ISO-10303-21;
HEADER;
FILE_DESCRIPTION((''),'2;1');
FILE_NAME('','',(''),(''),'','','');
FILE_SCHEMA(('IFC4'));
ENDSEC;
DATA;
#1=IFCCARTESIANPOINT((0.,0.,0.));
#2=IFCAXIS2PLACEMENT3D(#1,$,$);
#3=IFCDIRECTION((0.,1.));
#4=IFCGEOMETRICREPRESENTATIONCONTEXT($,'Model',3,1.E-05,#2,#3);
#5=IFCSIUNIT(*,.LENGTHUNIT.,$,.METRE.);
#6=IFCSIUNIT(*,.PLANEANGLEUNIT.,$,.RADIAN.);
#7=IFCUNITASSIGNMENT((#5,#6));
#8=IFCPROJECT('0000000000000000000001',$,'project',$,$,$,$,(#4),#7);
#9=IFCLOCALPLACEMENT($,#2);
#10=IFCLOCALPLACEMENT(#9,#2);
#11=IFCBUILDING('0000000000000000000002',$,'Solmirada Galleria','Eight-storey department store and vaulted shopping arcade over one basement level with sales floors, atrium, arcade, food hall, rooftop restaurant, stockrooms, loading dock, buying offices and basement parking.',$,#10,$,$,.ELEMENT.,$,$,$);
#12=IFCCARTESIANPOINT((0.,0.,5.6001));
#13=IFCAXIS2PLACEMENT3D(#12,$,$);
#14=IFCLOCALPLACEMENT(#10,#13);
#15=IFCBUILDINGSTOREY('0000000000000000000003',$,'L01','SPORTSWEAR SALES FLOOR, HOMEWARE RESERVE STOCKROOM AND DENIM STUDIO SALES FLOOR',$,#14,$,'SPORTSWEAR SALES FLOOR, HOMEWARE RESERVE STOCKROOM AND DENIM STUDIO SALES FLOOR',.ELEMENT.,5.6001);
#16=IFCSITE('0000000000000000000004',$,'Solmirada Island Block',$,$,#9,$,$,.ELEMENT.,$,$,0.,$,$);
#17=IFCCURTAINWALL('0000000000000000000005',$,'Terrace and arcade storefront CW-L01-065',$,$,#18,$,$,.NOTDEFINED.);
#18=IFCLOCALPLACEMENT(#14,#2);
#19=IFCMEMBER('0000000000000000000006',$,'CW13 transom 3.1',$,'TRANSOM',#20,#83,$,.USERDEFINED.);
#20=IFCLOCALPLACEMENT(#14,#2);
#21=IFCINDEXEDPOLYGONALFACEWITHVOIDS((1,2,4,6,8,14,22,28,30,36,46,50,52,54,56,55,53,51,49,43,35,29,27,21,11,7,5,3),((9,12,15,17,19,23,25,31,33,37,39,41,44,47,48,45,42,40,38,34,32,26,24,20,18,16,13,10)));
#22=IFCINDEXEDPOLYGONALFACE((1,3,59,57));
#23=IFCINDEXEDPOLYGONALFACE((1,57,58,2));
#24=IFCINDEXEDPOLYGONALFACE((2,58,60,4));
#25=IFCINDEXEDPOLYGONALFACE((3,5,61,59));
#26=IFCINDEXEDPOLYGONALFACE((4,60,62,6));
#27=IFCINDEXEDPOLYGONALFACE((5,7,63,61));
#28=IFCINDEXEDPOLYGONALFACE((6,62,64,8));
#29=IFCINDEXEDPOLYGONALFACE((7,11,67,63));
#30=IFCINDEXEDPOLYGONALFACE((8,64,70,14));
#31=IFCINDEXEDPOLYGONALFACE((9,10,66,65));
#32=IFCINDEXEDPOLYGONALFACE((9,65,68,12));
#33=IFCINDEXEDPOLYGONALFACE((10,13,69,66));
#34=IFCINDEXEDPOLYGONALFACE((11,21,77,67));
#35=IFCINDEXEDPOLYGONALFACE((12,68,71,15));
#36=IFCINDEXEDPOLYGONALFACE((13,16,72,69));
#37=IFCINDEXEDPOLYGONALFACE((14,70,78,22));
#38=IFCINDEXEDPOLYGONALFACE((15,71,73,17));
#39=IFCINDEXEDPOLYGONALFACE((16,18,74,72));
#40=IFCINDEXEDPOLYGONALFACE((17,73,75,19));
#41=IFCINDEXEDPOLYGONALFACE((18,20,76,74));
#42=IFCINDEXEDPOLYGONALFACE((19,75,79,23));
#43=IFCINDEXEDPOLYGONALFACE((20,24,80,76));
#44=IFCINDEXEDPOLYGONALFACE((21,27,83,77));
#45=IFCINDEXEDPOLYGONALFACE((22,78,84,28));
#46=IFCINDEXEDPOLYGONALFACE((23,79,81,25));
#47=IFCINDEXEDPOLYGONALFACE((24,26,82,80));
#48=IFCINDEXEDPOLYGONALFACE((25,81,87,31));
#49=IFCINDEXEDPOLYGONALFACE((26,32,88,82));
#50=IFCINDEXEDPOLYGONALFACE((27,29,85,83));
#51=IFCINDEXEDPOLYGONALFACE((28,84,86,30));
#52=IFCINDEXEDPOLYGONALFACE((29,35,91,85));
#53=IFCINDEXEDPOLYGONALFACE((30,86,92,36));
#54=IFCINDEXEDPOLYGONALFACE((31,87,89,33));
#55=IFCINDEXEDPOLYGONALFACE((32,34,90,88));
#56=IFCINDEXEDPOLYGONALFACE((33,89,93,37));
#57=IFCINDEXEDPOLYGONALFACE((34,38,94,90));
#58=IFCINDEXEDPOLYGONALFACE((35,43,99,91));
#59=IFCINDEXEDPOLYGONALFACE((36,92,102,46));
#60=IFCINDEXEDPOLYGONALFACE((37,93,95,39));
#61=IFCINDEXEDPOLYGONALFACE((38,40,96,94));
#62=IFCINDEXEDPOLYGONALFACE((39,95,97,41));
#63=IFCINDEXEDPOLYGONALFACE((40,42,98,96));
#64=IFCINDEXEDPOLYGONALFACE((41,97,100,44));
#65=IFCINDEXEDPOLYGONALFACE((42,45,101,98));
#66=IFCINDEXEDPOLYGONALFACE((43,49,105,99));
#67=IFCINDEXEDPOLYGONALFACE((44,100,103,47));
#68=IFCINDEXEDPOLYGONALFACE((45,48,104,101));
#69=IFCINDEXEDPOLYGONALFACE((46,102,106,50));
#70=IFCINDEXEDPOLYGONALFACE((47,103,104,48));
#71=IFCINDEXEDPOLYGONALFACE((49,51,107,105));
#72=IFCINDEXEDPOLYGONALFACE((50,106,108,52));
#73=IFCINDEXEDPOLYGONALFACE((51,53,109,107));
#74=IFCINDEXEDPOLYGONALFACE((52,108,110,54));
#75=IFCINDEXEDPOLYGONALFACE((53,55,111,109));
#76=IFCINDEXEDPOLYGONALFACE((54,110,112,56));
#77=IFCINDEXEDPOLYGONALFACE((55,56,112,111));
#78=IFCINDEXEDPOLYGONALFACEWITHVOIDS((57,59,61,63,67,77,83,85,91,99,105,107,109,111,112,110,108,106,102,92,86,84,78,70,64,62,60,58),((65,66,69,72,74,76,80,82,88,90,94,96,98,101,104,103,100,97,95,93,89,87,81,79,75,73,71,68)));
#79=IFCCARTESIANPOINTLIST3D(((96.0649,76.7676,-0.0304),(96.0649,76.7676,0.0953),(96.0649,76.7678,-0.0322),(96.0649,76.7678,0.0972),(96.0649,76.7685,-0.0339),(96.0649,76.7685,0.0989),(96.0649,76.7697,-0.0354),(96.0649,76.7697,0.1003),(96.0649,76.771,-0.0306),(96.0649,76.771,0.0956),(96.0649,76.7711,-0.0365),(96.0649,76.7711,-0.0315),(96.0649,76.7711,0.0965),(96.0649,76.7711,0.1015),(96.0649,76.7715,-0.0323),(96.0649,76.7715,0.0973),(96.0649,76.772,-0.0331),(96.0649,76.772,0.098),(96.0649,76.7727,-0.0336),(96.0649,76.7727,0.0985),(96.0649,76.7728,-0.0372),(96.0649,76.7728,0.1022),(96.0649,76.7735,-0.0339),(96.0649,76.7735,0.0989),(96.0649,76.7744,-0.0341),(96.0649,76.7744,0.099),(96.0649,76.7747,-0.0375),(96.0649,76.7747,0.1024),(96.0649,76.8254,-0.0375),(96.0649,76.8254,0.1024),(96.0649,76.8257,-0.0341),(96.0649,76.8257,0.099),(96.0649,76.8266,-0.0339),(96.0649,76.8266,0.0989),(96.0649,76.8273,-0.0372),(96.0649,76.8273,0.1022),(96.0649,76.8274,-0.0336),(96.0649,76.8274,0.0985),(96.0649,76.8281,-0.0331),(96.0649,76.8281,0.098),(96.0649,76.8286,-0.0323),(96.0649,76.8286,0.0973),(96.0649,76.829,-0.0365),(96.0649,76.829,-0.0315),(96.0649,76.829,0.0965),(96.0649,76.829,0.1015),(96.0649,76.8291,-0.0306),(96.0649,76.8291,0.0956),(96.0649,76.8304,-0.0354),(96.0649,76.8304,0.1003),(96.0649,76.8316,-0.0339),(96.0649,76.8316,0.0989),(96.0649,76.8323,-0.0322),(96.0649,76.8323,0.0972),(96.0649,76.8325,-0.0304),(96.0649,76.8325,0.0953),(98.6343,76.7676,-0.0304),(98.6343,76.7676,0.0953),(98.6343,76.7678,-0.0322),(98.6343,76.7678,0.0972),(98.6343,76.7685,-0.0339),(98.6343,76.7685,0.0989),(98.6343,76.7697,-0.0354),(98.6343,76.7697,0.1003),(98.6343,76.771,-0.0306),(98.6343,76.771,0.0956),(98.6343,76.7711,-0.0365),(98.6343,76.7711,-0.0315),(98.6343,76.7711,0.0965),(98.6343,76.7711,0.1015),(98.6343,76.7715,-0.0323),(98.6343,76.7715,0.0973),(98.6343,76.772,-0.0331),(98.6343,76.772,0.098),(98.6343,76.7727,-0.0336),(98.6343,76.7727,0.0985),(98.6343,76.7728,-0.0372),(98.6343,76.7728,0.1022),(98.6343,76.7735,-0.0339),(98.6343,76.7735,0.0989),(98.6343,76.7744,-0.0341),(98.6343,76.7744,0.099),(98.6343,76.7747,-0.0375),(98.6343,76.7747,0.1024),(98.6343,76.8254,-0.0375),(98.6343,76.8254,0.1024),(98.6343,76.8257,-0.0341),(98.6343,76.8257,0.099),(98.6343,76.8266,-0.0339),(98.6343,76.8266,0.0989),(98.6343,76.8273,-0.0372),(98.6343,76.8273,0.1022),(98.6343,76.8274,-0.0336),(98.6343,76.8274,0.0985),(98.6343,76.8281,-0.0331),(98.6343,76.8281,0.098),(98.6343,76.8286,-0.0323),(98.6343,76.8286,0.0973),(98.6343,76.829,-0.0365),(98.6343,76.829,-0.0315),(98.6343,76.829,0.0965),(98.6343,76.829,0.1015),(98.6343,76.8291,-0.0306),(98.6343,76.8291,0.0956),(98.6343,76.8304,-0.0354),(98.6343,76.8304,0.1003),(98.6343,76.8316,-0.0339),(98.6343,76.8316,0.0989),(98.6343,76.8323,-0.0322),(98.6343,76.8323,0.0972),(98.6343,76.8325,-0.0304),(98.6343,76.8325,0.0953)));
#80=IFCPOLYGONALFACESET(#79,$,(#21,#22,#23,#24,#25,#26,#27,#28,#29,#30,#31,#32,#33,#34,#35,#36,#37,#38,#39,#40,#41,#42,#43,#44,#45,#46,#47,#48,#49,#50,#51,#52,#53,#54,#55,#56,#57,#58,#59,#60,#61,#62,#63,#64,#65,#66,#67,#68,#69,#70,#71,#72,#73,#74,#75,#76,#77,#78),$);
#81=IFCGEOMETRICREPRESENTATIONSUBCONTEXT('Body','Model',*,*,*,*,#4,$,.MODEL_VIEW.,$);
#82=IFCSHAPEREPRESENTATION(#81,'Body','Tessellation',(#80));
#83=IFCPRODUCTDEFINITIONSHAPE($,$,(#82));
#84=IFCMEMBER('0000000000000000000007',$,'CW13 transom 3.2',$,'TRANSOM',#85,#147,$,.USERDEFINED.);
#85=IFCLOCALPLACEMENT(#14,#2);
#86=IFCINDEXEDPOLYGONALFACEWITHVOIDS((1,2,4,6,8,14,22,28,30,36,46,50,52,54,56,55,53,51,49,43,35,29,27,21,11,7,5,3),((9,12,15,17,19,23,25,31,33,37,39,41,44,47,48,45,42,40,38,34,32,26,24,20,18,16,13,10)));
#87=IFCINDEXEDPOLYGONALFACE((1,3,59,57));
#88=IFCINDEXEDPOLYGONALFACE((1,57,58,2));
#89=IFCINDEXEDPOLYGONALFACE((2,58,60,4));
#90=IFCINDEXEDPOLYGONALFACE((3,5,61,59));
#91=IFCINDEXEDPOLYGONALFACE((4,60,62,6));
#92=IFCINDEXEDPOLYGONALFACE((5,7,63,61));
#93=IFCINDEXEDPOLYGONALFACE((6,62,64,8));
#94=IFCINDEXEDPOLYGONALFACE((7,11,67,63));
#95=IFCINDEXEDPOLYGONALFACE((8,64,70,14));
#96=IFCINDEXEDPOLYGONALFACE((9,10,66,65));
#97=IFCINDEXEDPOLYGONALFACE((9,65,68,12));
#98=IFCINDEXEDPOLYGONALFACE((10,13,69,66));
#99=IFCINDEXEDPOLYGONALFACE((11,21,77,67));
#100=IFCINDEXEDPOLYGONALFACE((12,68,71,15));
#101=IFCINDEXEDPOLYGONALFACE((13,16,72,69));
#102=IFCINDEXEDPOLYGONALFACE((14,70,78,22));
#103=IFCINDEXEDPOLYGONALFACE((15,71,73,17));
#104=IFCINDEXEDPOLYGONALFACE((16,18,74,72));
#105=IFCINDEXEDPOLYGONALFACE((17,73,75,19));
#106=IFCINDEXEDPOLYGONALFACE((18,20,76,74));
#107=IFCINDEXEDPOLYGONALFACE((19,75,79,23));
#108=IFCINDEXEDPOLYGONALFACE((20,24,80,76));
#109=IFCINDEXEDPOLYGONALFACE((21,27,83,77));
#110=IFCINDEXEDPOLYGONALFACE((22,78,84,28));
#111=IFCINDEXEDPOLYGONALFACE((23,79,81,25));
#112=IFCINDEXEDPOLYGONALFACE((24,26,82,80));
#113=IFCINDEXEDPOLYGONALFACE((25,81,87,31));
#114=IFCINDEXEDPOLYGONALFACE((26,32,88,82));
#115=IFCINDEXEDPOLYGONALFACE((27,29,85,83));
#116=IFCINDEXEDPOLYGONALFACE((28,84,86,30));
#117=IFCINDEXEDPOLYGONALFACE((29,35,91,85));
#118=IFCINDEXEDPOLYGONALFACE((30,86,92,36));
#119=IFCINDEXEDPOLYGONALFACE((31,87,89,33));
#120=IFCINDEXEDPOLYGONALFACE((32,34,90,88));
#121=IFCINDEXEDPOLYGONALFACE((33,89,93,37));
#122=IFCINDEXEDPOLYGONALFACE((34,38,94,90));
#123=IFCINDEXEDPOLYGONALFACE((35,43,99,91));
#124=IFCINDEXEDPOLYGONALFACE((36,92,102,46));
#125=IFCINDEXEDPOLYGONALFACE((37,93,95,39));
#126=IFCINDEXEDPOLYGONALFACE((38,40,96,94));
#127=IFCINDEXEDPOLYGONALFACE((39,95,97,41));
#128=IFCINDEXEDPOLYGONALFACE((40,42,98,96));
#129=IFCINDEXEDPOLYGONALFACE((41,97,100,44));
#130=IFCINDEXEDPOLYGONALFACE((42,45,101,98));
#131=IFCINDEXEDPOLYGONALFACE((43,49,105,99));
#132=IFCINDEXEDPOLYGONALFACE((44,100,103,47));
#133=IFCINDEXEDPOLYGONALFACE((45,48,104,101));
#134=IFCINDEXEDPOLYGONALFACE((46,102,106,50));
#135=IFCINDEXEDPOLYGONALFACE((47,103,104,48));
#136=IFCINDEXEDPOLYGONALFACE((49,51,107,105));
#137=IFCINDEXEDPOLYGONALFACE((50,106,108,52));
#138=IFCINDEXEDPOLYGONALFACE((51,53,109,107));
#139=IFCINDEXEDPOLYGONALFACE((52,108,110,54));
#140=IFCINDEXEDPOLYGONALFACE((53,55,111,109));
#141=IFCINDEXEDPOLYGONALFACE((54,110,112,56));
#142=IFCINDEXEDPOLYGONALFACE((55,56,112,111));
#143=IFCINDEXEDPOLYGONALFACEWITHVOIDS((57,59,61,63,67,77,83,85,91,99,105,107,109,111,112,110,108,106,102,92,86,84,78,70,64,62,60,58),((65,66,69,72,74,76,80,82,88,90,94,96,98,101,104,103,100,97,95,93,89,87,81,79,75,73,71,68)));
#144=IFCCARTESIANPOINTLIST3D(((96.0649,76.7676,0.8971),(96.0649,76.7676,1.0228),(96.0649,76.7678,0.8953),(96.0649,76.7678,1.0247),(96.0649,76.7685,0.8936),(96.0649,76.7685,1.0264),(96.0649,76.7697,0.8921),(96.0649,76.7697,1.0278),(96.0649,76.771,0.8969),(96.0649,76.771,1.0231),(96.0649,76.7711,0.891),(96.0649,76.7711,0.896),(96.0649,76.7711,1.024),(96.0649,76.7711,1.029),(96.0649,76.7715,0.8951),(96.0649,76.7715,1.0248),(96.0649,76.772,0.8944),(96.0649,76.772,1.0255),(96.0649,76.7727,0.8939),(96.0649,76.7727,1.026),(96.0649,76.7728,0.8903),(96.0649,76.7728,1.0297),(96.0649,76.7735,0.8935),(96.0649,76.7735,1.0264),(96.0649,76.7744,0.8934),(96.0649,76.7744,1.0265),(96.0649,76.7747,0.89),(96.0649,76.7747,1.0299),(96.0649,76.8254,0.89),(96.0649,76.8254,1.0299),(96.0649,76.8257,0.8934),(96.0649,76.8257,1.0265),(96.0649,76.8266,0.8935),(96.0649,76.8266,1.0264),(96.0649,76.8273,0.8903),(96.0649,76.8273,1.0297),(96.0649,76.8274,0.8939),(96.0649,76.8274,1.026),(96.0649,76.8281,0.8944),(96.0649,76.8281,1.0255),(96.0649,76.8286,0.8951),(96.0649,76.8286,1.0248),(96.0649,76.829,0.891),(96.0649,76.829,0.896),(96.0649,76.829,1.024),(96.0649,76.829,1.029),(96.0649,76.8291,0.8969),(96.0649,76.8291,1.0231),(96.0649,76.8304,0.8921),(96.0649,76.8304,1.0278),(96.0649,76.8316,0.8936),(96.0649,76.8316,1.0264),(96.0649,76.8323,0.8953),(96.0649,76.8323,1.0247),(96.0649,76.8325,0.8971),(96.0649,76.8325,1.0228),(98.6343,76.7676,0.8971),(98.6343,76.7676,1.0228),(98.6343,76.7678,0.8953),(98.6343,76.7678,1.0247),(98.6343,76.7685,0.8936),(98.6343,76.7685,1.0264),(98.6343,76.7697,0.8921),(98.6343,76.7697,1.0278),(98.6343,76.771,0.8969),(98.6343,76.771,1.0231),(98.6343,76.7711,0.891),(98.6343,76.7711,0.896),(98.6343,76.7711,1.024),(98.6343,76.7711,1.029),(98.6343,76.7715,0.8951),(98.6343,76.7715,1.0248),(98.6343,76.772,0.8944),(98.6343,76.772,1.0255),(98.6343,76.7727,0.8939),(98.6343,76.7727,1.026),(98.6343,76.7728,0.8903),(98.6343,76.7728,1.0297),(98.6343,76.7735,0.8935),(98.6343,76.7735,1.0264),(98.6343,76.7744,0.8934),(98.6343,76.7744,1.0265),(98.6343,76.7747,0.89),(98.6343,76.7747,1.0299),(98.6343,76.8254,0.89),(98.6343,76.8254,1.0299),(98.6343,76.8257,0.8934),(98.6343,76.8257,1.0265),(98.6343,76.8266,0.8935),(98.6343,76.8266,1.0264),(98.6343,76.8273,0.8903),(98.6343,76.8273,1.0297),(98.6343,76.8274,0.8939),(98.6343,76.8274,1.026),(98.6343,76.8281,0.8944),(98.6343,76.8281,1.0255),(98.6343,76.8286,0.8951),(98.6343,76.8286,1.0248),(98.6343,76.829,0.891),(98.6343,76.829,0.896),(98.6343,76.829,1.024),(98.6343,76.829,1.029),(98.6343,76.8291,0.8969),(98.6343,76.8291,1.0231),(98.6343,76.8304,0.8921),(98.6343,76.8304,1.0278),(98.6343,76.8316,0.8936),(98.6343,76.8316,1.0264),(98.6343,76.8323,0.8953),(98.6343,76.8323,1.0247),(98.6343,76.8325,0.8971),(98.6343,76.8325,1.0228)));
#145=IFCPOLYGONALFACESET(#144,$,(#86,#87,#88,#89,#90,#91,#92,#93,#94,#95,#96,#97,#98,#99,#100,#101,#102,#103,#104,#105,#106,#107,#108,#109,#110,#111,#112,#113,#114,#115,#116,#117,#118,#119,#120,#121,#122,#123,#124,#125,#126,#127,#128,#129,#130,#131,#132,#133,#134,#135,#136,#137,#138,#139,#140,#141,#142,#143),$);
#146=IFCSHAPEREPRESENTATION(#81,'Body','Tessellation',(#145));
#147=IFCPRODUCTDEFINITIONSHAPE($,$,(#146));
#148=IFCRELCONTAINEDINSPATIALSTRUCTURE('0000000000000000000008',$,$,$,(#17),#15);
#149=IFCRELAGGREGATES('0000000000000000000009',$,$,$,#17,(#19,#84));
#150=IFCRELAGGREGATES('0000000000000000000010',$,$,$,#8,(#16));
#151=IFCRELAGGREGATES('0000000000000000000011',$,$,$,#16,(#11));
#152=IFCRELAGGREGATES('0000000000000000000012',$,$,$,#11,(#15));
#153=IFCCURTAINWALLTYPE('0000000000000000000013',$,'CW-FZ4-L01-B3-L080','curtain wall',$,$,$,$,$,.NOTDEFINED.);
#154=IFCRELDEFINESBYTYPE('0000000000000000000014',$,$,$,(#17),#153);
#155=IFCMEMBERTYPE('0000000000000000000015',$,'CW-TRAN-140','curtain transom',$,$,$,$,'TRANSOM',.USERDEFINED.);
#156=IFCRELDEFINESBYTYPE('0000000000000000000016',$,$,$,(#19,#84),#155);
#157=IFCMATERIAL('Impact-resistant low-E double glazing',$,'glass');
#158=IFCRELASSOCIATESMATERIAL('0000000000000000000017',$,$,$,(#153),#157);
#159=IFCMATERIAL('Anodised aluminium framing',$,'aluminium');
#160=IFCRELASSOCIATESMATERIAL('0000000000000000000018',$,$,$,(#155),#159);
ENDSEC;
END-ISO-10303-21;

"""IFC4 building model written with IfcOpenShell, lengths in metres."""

from ifc_helpers import new_model, si_unit, direction, frame, origin, origin_2d, place, context, subcontext, project, spatial, hollow_rectangle, extrude, material, material_profile, profile_set, type_object, element, aggregate, save


model = new_model("IFC4")

# Units and contexts
model_context = context("Model", 3, precision=1e-05, world=origin(), true_north=direction((0.0, 1.0)))
body_context = subcontext(model_context, "Body", "Model", "MODEL_VIEW")
ifc_project = project(units=[si_unit("LENGTHUNIT", "METRE"), si_unit("PLANEANGLEUNIT", "RADIAN")], contexts=[model_context])

# Site, building, storey
site_placement = place(None, origin())
site = spatial("IfcSite", under=ifc_project, at=site_placement, Name="Solmirada Island Block", CompositionType="ELEMENT", RefElevation=0.0)
building_placement = place(site_placement, origin())
building = spatial("IfcBuilding", under=site, at=building_placement, Name="Solmirada Galleria", Description="Eight-storey department store and vaulted shopping arcade over one basement level with sales floors, atrium, arcade, food hall, rooftop restaurant, stockrooms, loading dock, buying offices and basement parking.", CompositionType="ELEMENT")
storey_placement = place(building_placement, frame((0.0, 0.0, 5.6001)))
storey = spatial("IfcBuildingStorey", under=building, at=storey_placement, Name="L01", Description="SPORTSWEAR SALES FLOOR, HOMEWARE RESERVE STOCKROOM AND DENIM STUDIO SALES FLOOR", LongName="SPORTSWEAR SALES FLOOR, HOMEWARE RESERVE STOCKROOM AND DENIM STUDIO SALES FLOOR", CompositionType="ELEMENT", Elevation=5.6001)

# Curtain wall, members
ifc_material_1 = material(Name="Impact-resistant low-E double glazing", Category="glass")
curtain_wall_type = type_object("IfcCurtainWallType", Name="CW-FZ4-L01-B3-L080", Description="curtain wall", PredefinedType="NOTDEFINED", material=ifc_material_1)
curtain_wall_placement = place(storey_placement, origin())
curtain_wall = element("IfcCurtainWall", 1, at=curtain_wall_placement, inside=storey, type_object=curtain_wall_type, Name="Terrace and arcade storefront CW-L01-065", PredefinedType="NOTDEFINED")
ifc_material_2 = material(Name="Anodised aluminium framing", Category="aluminium")
ifc_material_profile_1 = material_profile(ifc_material_2, hollow_rectangle(XDim=0.0649, YDim=0.1399, WallThickness=0.0034, InnerFilletRadius=0.0034, OuterFilletRadius=0.0071, at=origin_2d()), Name="ALU-TRAN-140X65")
ifc_profile_set_1 = profile_set([ifc_material_profile_1], Name="Anodised aluminium framing")
member_type_1 = type_object("IfcMemberType", Name="CW-TRAN-140", Description="curtain transom", ElementType="TRANSOM", PredefinedType="USERDEFINED", material=ifc_profile_set_1)
member_1_placement = place(storey_placement, frame((98.6343, 76.8, 0.0325), z_axis=(-1.0, 0.0, 0.0), x_axis=(0.0, -1.0, 0.0)))
member_1 = element("IfcMember", 2, at=member_1_placement, type_object=member_type_1, Name="CW13 transom 3.1", ObjectType="TRANSOM", PredefinedType="USERDEFINED", context=body_context, shape_type="SweptSolid", body=[
    extrude(hollow_rectangle(XDim=0.0649, YDim=0.1399, WallThickness=0.0034, InnerFilletRadius=0.0034, OuterFilletRadius=0.0071, at=origin_2d()), origin(), (0.0, 0.0, 1.0), 2.5693),
])
member_2_placement = place(storey_placement, frame((98.6343, 76.8, 0.96), z_axis=(-1.0, 0.0, 0.0), x_axis=(0.0, -1.0, 0.0)))
member_2 = element("IfcMember", 3, at=member_2_placement, type_object=member_type_1, Name="CW13 transom 3.2", ObjectType="TRANSOM", PredefinedType="USERDEFINED", context=body_context, shape_type="SweptSolid", body=[
    extrude(hollow_rectangle(XDim=0.0649, YDim=0.1399, WallThickness=0.0034, InnerFilletRadius=0.0034, OuterFilletRadius=0.0071, at=origin_2d()), origin(), (0.0, 0.0, 1.0), 2.5693),
])
aggregate(curtain_wall, [member_1, member_2])

save(model, "model.ifc")
